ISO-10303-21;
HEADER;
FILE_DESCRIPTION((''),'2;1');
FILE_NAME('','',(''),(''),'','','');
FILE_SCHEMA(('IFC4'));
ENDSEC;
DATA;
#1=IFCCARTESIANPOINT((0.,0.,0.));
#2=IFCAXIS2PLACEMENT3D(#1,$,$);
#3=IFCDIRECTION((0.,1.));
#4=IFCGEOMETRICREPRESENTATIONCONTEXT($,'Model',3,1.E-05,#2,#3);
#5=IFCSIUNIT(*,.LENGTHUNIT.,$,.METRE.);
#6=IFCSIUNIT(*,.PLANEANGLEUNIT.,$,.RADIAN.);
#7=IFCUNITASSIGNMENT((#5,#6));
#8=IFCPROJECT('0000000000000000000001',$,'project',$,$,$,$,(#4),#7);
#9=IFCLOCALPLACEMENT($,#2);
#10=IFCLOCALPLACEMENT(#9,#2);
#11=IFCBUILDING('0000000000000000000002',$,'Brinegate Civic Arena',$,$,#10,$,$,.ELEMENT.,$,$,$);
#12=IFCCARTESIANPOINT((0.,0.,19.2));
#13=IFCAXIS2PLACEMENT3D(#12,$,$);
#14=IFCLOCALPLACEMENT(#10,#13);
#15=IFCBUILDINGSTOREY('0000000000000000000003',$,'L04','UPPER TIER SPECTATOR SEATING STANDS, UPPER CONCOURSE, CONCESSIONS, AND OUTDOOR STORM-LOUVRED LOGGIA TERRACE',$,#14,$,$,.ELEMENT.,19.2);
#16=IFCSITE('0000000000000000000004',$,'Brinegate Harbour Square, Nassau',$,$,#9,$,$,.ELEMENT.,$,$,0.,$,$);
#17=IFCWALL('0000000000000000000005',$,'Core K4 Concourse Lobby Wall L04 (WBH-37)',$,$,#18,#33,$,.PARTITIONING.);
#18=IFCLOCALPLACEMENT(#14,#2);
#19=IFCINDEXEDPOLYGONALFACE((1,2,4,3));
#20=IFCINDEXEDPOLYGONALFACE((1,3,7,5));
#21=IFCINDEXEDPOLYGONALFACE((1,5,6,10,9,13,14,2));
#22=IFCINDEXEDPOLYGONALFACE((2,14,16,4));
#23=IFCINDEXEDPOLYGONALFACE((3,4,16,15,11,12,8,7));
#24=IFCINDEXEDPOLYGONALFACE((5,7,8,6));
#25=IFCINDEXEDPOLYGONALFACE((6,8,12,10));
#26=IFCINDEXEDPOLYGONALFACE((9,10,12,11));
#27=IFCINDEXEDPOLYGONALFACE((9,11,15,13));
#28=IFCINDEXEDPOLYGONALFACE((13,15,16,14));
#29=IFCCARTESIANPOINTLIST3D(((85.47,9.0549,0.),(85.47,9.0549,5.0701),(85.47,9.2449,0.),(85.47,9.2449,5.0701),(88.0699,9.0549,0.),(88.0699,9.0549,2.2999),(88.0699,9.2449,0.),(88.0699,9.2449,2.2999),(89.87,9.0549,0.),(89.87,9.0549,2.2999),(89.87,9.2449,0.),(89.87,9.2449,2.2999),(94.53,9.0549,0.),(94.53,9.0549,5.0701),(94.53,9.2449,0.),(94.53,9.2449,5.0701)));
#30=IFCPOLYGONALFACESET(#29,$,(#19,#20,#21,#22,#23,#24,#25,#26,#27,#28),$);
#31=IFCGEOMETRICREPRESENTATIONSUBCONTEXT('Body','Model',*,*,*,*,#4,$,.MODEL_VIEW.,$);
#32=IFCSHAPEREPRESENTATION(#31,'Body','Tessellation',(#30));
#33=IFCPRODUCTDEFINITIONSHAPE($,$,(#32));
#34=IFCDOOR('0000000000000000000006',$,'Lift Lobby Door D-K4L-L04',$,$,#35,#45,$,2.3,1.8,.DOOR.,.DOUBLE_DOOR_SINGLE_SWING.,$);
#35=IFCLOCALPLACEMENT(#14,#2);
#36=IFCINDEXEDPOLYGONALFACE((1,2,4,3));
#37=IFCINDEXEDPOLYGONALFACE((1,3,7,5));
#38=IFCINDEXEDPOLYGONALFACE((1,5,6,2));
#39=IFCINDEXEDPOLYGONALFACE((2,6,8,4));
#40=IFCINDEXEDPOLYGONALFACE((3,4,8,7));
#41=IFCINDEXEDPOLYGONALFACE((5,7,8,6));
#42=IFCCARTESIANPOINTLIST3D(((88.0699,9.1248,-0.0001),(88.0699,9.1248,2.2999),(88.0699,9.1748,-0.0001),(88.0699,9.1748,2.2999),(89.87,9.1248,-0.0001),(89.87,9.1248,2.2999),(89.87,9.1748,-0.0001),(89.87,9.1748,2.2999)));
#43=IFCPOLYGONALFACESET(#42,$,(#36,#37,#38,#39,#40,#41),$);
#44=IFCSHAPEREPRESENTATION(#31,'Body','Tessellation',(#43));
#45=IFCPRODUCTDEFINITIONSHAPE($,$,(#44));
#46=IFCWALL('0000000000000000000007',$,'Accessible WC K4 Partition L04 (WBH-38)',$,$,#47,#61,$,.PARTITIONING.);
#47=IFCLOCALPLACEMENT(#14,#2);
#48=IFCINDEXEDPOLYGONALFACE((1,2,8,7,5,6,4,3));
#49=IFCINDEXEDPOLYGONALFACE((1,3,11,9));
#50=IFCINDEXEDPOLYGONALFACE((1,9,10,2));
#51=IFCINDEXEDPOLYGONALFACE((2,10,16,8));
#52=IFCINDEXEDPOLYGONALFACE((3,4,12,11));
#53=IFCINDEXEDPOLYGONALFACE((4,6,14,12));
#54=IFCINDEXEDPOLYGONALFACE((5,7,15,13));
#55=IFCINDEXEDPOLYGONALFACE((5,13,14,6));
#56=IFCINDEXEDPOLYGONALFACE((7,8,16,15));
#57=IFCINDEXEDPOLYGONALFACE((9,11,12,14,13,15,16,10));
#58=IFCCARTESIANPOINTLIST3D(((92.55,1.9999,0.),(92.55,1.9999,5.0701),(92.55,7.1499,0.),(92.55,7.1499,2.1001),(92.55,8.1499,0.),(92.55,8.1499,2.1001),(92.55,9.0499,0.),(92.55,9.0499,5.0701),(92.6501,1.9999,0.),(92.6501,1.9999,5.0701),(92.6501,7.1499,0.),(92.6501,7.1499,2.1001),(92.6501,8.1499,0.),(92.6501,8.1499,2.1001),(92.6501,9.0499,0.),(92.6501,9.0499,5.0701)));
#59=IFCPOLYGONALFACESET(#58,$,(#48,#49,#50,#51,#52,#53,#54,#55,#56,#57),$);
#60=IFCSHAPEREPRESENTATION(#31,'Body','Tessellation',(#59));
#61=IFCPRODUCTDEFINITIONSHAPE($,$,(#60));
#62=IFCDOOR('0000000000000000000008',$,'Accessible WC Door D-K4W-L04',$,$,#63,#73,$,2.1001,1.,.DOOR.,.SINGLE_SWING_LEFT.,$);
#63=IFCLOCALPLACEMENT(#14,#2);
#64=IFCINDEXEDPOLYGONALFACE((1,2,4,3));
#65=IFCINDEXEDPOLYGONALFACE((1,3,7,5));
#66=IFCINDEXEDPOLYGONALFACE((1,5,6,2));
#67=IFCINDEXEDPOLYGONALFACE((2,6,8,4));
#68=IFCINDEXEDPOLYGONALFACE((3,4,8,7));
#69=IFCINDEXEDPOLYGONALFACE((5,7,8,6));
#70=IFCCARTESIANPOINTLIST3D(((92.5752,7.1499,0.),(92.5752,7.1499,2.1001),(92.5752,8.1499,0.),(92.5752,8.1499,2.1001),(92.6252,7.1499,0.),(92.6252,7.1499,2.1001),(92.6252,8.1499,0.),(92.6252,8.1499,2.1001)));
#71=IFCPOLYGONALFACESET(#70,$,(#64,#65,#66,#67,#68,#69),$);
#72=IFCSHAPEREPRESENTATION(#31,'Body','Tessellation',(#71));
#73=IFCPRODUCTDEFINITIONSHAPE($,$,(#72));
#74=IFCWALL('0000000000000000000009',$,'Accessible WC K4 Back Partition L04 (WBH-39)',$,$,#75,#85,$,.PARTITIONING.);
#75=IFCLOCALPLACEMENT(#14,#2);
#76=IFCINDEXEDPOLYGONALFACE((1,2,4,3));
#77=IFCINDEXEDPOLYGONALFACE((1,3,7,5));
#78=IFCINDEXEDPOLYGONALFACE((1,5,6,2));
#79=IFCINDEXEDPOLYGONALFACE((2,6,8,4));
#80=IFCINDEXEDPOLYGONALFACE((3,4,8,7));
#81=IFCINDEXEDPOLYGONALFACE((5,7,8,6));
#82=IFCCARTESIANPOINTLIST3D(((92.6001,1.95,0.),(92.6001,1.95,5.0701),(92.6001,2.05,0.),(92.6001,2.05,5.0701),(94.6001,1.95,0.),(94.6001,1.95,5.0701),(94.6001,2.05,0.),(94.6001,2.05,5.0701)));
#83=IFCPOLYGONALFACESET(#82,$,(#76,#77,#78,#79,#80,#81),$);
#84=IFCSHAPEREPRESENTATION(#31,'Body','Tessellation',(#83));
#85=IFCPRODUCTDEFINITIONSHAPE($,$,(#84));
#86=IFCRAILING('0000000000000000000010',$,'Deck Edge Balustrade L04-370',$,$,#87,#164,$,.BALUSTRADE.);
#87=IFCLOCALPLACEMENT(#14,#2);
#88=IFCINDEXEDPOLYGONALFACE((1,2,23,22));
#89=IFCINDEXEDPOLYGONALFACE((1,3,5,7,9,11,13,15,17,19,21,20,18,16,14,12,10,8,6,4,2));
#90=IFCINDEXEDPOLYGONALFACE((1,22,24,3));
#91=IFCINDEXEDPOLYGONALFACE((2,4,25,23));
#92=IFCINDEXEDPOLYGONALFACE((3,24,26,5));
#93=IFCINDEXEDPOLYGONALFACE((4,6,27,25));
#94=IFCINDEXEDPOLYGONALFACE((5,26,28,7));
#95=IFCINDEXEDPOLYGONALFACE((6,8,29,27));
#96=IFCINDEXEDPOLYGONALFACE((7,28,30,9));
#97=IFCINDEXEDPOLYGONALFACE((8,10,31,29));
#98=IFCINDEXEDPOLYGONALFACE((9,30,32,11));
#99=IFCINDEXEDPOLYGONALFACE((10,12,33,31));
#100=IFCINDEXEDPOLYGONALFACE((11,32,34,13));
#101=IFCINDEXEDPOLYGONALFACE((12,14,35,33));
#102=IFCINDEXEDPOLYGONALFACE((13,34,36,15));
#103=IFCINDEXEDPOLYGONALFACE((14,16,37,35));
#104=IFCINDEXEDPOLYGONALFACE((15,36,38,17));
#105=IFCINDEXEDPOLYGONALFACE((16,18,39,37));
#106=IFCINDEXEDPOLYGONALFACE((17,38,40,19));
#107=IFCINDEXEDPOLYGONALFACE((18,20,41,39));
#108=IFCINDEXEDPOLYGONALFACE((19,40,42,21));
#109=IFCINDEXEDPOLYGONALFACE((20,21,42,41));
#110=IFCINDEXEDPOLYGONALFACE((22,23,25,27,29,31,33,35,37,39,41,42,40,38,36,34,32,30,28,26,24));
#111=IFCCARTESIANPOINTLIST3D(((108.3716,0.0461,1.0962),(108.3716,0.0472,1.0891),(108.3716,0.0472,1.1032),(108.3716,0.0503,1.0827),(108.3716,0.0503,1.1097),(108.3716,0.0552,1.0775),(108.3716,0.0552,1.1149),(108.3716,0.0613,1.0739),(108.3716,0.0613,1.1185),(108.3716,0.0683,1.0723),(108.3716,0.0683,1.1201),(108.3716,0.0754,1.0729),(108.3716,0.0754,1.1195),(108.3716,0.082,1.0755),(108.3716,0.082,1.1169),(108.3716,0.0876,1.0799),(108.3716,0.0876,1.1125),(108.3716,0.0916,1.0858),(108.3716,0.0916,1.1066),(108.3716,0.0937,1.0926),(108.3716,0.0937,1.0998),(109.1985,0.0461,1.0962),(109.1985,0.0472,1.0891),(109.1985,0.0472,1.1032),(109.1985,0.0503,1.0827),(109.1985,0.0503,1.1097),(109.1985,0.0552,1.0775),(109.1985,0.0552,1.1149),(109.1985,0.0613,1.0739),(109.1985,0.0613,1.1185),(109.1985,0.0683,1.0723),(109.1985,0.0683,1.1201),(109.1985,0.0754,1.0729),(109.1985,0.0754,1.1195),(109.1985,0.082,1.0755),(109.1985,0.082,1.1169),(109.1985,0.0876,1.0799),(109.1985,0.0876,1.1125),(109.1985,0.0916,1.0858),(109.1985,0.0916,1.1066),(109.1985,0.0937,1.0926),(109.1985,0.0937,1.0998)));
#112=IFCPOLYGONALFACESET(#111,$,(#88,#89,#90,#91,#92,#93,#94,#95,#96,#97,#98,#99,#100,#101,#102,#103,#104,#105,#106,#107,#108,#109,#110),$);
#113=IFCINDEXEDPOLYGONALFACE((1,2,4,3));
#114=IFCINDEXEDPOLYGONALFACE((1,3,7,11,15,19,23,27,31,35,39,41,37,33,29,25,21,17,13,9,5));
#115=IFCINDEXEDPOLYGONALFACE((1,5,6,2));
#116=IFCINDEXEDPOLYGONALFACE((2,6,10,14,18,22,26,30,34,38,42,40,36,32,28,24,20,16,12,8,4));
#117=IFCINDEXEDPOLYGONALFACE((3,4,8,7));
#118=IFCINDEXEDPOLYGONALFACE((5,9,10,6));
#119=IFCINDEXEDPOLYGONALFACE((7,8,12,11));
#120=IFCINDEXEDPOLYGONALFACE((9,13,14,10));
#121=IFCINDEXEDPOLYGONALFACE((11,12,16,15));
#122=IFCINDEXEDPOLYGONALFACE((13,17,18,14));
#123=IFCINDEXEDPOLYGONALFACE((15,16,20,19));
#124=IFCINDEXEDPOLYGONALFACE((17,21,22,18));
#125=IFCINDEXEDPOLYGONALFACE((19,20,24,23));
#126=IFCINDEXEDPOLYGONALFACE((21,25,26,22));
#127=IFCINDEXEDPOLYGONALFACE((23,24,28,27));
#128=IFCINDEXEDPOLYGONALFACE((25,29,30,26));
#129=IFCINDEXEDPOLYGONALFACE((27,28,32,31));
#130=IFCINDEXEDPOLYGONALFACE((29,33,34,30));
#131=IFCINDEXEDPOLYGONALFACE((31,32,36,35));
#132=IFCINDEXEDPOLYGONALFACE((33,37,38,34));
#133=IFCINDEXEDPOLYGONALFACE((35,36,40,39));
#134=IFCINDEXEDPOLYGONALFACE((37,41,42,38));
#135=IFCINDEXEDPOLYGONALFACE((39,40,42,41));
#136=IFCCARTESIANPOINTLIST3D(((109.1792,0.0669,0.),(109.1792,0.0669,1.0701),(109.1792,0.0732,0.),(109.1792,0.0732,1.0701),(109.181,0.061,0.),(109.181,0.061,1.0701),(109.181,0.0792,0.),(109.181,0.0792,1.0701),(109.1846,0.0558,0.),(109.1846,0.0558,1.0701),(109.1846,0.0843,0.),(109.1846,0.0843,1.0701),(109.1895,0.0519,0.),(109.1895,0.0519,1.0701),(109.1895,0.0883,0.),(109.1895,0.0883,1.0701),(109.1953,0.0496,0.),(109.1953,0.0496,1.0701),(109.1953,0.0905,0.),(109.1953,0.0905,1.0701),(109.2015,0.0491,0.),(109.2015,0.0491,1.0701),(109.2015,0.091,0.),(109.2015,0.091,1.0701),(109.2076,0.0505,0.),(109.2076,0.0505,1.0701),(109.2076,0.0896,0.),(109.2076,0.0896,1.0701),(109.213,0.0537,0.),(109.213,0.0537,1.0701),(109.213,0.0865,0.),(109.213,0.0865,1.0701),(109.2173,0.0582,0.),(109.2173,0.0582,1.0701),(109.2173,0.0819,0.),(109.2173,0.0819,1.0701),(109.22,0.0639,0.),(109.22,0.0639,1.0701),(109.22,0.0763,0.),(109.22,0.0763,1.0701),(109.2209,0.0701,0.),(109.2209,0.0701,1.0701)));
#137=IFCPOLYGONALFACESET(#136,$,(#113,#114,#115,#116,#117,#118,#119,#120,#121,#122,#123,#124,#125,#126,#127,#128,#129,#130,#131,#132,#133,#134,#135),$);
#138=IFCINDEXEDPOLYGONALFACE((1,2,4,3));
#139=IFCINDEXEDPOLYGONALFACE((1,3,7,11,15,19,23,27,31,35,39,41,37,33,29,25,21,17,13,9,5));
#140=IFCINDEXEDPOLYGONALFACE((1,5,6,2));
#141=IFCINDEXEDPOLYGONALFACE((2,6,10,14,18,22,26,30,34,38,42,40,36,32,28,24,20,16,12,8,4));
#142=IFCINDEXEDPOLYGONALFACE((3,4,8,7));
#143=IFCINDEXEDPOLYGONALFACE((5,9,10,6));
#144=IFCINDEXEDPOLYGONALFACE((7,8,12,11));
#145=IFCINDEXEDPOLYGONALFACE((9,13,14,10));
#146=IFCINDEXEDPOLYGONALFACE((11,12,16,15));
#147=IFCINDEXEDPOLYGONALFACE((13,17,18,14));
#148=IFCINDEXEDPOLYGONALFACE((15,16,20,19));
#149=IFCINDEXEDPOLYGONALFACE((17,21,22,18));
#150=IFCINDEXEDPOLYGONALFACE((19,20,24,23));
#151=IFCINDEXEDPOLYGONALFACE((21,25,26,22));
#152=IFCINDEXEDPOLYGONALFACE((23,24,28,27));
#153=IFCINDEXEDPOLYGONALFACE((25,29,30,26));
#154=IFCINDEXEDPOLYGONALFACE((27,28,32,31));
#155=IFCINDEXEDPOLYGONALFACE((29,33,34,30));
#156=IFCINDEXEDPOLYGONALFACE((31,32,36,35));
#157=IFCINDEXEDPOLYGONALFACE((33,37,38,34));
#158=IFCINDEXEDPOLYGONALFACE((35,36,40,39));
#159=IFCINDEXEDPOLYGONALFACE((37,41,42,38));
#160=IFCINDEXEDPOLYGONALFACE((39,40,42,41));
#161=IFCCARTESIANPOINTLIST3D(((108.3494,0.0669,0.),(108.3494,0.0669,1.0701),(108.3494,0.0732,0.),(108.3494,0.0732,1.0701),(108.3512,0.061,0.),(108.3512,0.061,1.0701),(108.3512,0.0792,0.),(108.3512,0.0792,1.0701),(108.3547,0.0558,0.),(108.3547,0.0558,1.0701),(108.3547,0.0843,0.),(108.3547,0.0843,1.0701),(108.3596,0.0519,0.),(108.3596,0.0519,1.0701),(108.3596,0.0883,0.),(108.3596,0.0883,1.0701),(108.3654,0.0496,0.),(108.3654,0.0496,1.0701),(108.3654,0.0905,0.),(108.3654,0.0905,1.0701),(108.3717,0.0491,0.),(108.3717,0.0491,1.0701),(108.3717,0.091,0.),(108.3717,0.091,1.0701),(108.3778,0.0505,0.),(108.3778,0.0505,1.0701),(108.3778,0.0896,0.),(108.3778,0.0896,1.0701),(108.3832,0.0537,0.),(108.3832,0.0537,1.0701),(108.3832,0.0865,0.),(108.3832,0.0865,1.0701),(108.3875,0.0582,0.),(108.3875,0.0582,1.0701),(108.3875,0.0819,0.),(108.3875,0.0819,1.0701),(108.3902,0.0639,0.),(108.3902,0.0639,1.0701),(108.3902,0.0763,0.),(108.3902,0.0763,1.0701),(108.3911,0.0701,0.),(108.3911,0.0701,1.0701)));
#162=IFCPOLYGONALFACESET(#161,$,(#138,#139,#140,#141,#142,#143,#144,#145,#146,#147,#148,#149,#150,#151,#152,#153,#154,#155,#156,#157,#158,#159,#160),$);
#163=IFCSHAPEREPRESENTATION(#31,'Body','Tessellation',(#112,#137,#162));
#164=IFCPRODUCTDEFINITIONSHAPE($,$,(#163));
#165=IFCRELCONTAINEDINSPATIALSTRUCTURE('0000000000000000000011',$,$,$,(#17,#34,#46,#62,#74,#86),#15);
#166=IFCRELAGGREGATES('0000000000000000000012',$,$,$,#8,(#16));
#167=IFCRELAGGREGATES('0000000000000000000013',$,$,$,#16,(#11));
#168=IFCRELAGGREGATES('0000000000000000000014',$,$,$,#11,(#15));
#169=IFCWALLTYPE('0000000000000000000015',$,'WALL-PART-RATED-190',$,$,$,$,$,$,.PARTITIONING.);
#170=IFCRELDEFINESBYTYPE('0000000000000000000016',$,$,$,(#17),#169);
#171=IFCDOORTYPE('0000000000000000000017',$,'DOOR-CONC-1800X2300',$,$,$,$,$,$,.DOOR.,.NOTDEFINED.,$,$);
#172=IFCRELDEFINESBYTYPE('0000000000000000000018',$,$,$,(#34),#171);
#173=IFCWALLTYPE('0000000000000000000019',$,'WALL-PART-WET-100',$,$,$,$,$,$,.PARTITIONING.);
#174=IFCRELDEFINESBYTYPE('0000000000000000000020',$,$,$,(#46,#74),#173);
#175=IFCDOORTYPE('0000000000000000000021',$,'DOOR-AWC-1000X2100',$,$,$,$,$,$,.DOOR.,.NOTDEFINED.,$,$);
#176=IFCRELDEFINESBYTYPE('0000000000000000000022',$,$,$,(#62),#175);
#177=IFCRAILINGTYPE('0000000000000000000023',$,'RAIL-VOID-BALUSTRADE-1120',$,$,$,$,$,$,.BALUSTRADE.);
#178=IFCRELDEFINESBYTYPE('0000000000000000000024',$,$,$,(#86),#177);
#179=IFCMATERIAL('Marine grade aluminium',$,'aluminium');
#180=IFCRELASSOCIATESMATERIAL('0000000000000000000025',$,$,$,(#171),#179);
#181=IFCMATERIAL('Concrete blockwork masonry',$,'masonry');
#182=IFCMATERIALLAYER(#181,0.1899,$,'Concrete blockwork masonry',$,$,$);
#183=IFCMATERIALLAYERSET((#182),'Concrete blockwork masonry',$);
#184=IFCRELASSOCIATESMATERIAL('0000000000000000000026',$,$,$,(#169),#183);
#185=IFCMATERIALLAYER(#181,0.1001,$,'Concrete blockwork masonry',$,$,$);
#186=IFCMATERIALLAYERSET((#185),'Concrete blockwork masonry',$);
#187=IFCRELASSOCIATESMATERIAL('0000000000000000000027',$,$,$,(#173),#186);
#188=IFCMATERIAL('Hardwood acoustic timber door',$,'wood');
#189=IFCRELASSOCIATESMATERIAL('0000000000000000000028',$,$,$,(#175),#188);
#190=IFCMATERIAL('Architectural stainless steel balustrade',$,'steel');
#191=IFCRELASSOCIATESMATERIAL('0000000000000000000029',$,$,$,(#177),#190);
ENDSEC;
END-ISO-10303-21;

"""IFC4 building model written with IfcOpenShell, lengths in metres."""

from ifc_helpers import new_model, si_unit, direction, frame, frame_2d, origin, origin_2d, place, context, subcontext, project, spatial, rectangle, circle, extrude, material, layer, layer_set, type_object, element, fill, save


model = new_model("IFC4")

# Units and contexts
model_context = context("Model", 3, precision=1e-05, world=origin(), true_north=direction((0.0, 1.0)))
body_context = subcontext(model_context, "Body", "Model", "MODEL_VIEW")
ifc_project = project(units=[si_unit("LENGTHUNIT", "METRE"), si_unit("PLANEANGLEUNIT", "RADIAN")], contexts=[model_context])

# Site, building, storey
site_placement = place(None, origin())
site = spatial("IfcSite", under=ifc_project, at=site_placement, Name="Brinegate Harbour Square, Nassau", CompositionType="ELEMENT", RefElevation=0.0)
building_placement = place(site_placement, origin())
building = spatial("IfcBuilding", under=site, at=building_placement, Name="Brinegate Civic Arena", CompositionType="ELEMENT")
storey_placement = place(building_placement, frame((0.0, 0.0, 19.2)))
storey = spatial("IfcBuildingStorey", under=building, at=storey_placement, Name="L04", Description="UPPER TIER SPECTATOR SEATING STANDS, UPPER CONCOURSE, CONCESSIONS, AND OUTDOOR STORM-LOUVRED LOGGIA TERRACE", CompositionType="ELEMENT", Elevation=19.2)

# Shared definitions
ifc_material_1 = material(Name="Architectural stainless steel balustrade", Category="steel")

# Walls, openings, doors
ifc_material_2 = material(Name="Marine grade aluminium", Category="aluminium")
door_type_1 = type_object("IfcDoorType", Name="DOOR-CONC-1800X2300", OperationType="NOTDEFINED", PredefinedType="DOOR", material=ifc_material_2)
ifc_material_3 = material(Name="Concrete blockwork masonry", Category="masonry")
ifc_layer_1 = layer(ifc_material_3, 0.1899, Name="Concrete blockwork masonry")
ifc_layer_set_1 = layer_set([ifc_layer_1], Name="Concrete blockwork masonry")
wall_type_1 = type_object("IfcWallType", Name="WALL-PART-RATED-190", PredefinedType="PARTITIONING", material=ifc_layer_set_1)
wall_1_placement = place(storey_placement, frame((85.47, 9.1499, 0.0), z_axis=(0.0, 0.0, 1.0), x_axis=(1.0, 0.0, 0.0)))
wall_1 = element("IfcWall", 1, at=wall_1_placement, inside=storey, type_object=wall_type_1, Name="Core K4 Concourse Lobby Wall L04 (WBH-37)", PredefinedType="PARTITIONING", context=body_context, shape_type="SweptSolid", body=[
    extrude(rectangle(XDim=9.0601, YDim=0.1899, at=frame_2d((4.53, 0.0))), origin(), (0.0, 0.0, 1.0), 5.0701),
])
opening_1_placement = place(wall_1_placement, frame((2.6001, 0.0, 0.0)))
opening_1 = element("IfcOpeningElement", 2, at=opening_1_placement, cuts=wall_1, PredefinedType="OPENING", context=body_context, shape_type="SweptSolid", body=[
    extrude(rectangle(XDim=1.8, YDim=2.3, at=frame_2d((0.8999, 1.1499))), frame((0.0, 0.105, 0.0), z_axis=(0.0, -1.0, 0.0), x_axis=(1.0, 0.0, 0.0)), (0.0, 0.0, 1.0), 0.21),
])
door_1_placement = place(opening_1_placement, origin())
door_1 = element("IfcDoor", 3, at=door_1_placement, inside=storey, type_object=door_type_1, Name="Lift Lobby Door D-K4L-L04", OperationType="DOUBLE_DOOR_SINGLE_SWING", OverallHeight=2.3, OverallWidth=1.8, PredefinedType="DOOR", context=body_context, shape_type="SweptSolid", body=[
    extrude(rectangle(XDim=1.8, YDim=2.3, at=frame_2d((0.8999, 1.1499))), frame((0.0, 0.0249, 0.0), z_axis=(0.0, -1.0, 0.0), x_axis=(1.0, 0.0, 0.0)), (0.0, 0.0, 1.0), 0.05),
])
fill(opening_1, door_1)
ifc_layer_2 = layer(ifc_material_3, 0.1001, Name="Concrete blockwork masonry")
ifc_layer_set_2 = layer_set([ifc_layer_2], Name="Concrete blockwork masonry")
wall_type_2 = type_object("IfcWallType", Name="WALL-PART-WET-100", PredefinedType="PARTITIONING", material=ifc_layer_set_2)
wall_2_placement = place(storey_placement, frame((92.6001, 2.0, 0.0), z_axis=(0.0, 0.0, 1.0), x_axis=(0.0, 1.0, 0.0)))
wall_2 = element("IfcWall", 4, at=wall_2_placement, inside=storey, type_object=wall_type_2, Name="Accessible WC K4 Partition L04 (WBH-38)", PredefinedType="PARTITIONING", context=body_context, shape_type="SweptSolid", body=[
    extrude(rectangle(XDim=7.05, YDim=0.1001, at=frame_2d((3.5249, 0.0))), origin(), (0.0, 0.0, 1.0), 5.0701),
])
opening_2_placement = place(wall_2_placement, frame((5.1499, 0.0, 0.0)))
opening_2 = element("IfcOpeningElement", 5, at=opening_2_placement, cuts=wall_2, PredefinedType="OPENING", context=body_context, shape_type="SweptSolid", body=[
    extrude(rectangle(XDim=1.0, YDim=2.1001, at=frame_2d((0.5, 1.05))), frame((0.0, 0.0601, 0.0), z_axis=(0.0, -1.0, 0.0), x_axis=(1.0, 0.0, 0.0)), (0.0, 0.0, 1.0), 0.1201),
])
ifc_material_4 = material(Name="Hardwood acoustic timber door", Category="wood")
door_type_2 = type_object("IfcDoorType", Name="DOOR-AWC-1000X2100", OperationType="NOTDEFINED", PredefinedType="DOOR", material=ifc_material_4)
door_2_placement = place(opening_2_placement, origin())
door_2 = element("IfcDoor", 6, at=door_2_placement, inside=storey, type_object=door_type_2, Name="Accessible WC Door D-K4W-L04", OperationType="SINGLE_SWING_LEFT", OverallHeight=2.1001, OverallWidth=1.0, PredefinedType="DOOR", context=body_context, shape_type="SweptSolid", body=[
    extrude(rectangle(XDim=1.0, YDim=2.1001, at=frame_2d((0.5, 1.05))), frame((0.0, 0.0249, 0.0), z_axis=(0.0, -1.0, 0.0), x_axis=(1.0, 0.0, 0.0)), (0.0, 0.0, 1.0), 0.05),
])
fill(opening_2, door_2)

# Wall
wall_3_placement = place(storey_placement, frame((92.6001, 2.0, 0.0), z_axis=(0.0, 0.0, 1.0), x_axis=(1.0, 0.0, 0.0)))
element("IfcWall", 7, at=wall_3_placement, inside=storey, type_object=wall_type_2, Name="Accessible WC K4 Back Partition L04 (WBH-39)", PredefinedType="PARTITIONING", context=body_context, shape_type="SweptSolid", body=[
    extrude(rectangle(XDim=2.0, YDim=0.1001, at=frame_2d((1.0, 0.0))), origin(), (0.0, 0.0, 1.0), 5.0701),
])

# Railing
railing_type = type_object("IfcRailingType", Name="RAIL-VOID-BALUSTRADE-1120", PredefinedType="BALUSTRADE", material=ifc_material_1)
railing_1_placement = place(storey_placement, frame((109.2, 0.0701, 0.0)))
element("IfcRailing", 8, at=railing_1_placement, inside=storey, type_object=railing_type, Name="Deck Edge Balustrade L04-370", PredefinedType="BALUSTRADE", context=body_context, shape_type="SweptSolid", body=[
    extrude(circle(Radius=0.0239, at=origin_2d()), frame((-0.0015, 0.0, 1.0962), z_axis=(-1.0, 0.0, 0.0), x_axis=(0.0, -1.0, 0.0)), (0.0, 0.0, 1.0), 0.8269),
    extrude(circle(Radius=0.021, at=origin_2d()), origin(), (0.0, 0.0, 1.0), 1.0701),
    extrude(circle(Radius=0.021, at=origin_2d()), frame((-0.8298, 0.0, 0.0)), (0.0, 0.0, 1.0), 1.0701),
])

save(model, "model.ifc")
